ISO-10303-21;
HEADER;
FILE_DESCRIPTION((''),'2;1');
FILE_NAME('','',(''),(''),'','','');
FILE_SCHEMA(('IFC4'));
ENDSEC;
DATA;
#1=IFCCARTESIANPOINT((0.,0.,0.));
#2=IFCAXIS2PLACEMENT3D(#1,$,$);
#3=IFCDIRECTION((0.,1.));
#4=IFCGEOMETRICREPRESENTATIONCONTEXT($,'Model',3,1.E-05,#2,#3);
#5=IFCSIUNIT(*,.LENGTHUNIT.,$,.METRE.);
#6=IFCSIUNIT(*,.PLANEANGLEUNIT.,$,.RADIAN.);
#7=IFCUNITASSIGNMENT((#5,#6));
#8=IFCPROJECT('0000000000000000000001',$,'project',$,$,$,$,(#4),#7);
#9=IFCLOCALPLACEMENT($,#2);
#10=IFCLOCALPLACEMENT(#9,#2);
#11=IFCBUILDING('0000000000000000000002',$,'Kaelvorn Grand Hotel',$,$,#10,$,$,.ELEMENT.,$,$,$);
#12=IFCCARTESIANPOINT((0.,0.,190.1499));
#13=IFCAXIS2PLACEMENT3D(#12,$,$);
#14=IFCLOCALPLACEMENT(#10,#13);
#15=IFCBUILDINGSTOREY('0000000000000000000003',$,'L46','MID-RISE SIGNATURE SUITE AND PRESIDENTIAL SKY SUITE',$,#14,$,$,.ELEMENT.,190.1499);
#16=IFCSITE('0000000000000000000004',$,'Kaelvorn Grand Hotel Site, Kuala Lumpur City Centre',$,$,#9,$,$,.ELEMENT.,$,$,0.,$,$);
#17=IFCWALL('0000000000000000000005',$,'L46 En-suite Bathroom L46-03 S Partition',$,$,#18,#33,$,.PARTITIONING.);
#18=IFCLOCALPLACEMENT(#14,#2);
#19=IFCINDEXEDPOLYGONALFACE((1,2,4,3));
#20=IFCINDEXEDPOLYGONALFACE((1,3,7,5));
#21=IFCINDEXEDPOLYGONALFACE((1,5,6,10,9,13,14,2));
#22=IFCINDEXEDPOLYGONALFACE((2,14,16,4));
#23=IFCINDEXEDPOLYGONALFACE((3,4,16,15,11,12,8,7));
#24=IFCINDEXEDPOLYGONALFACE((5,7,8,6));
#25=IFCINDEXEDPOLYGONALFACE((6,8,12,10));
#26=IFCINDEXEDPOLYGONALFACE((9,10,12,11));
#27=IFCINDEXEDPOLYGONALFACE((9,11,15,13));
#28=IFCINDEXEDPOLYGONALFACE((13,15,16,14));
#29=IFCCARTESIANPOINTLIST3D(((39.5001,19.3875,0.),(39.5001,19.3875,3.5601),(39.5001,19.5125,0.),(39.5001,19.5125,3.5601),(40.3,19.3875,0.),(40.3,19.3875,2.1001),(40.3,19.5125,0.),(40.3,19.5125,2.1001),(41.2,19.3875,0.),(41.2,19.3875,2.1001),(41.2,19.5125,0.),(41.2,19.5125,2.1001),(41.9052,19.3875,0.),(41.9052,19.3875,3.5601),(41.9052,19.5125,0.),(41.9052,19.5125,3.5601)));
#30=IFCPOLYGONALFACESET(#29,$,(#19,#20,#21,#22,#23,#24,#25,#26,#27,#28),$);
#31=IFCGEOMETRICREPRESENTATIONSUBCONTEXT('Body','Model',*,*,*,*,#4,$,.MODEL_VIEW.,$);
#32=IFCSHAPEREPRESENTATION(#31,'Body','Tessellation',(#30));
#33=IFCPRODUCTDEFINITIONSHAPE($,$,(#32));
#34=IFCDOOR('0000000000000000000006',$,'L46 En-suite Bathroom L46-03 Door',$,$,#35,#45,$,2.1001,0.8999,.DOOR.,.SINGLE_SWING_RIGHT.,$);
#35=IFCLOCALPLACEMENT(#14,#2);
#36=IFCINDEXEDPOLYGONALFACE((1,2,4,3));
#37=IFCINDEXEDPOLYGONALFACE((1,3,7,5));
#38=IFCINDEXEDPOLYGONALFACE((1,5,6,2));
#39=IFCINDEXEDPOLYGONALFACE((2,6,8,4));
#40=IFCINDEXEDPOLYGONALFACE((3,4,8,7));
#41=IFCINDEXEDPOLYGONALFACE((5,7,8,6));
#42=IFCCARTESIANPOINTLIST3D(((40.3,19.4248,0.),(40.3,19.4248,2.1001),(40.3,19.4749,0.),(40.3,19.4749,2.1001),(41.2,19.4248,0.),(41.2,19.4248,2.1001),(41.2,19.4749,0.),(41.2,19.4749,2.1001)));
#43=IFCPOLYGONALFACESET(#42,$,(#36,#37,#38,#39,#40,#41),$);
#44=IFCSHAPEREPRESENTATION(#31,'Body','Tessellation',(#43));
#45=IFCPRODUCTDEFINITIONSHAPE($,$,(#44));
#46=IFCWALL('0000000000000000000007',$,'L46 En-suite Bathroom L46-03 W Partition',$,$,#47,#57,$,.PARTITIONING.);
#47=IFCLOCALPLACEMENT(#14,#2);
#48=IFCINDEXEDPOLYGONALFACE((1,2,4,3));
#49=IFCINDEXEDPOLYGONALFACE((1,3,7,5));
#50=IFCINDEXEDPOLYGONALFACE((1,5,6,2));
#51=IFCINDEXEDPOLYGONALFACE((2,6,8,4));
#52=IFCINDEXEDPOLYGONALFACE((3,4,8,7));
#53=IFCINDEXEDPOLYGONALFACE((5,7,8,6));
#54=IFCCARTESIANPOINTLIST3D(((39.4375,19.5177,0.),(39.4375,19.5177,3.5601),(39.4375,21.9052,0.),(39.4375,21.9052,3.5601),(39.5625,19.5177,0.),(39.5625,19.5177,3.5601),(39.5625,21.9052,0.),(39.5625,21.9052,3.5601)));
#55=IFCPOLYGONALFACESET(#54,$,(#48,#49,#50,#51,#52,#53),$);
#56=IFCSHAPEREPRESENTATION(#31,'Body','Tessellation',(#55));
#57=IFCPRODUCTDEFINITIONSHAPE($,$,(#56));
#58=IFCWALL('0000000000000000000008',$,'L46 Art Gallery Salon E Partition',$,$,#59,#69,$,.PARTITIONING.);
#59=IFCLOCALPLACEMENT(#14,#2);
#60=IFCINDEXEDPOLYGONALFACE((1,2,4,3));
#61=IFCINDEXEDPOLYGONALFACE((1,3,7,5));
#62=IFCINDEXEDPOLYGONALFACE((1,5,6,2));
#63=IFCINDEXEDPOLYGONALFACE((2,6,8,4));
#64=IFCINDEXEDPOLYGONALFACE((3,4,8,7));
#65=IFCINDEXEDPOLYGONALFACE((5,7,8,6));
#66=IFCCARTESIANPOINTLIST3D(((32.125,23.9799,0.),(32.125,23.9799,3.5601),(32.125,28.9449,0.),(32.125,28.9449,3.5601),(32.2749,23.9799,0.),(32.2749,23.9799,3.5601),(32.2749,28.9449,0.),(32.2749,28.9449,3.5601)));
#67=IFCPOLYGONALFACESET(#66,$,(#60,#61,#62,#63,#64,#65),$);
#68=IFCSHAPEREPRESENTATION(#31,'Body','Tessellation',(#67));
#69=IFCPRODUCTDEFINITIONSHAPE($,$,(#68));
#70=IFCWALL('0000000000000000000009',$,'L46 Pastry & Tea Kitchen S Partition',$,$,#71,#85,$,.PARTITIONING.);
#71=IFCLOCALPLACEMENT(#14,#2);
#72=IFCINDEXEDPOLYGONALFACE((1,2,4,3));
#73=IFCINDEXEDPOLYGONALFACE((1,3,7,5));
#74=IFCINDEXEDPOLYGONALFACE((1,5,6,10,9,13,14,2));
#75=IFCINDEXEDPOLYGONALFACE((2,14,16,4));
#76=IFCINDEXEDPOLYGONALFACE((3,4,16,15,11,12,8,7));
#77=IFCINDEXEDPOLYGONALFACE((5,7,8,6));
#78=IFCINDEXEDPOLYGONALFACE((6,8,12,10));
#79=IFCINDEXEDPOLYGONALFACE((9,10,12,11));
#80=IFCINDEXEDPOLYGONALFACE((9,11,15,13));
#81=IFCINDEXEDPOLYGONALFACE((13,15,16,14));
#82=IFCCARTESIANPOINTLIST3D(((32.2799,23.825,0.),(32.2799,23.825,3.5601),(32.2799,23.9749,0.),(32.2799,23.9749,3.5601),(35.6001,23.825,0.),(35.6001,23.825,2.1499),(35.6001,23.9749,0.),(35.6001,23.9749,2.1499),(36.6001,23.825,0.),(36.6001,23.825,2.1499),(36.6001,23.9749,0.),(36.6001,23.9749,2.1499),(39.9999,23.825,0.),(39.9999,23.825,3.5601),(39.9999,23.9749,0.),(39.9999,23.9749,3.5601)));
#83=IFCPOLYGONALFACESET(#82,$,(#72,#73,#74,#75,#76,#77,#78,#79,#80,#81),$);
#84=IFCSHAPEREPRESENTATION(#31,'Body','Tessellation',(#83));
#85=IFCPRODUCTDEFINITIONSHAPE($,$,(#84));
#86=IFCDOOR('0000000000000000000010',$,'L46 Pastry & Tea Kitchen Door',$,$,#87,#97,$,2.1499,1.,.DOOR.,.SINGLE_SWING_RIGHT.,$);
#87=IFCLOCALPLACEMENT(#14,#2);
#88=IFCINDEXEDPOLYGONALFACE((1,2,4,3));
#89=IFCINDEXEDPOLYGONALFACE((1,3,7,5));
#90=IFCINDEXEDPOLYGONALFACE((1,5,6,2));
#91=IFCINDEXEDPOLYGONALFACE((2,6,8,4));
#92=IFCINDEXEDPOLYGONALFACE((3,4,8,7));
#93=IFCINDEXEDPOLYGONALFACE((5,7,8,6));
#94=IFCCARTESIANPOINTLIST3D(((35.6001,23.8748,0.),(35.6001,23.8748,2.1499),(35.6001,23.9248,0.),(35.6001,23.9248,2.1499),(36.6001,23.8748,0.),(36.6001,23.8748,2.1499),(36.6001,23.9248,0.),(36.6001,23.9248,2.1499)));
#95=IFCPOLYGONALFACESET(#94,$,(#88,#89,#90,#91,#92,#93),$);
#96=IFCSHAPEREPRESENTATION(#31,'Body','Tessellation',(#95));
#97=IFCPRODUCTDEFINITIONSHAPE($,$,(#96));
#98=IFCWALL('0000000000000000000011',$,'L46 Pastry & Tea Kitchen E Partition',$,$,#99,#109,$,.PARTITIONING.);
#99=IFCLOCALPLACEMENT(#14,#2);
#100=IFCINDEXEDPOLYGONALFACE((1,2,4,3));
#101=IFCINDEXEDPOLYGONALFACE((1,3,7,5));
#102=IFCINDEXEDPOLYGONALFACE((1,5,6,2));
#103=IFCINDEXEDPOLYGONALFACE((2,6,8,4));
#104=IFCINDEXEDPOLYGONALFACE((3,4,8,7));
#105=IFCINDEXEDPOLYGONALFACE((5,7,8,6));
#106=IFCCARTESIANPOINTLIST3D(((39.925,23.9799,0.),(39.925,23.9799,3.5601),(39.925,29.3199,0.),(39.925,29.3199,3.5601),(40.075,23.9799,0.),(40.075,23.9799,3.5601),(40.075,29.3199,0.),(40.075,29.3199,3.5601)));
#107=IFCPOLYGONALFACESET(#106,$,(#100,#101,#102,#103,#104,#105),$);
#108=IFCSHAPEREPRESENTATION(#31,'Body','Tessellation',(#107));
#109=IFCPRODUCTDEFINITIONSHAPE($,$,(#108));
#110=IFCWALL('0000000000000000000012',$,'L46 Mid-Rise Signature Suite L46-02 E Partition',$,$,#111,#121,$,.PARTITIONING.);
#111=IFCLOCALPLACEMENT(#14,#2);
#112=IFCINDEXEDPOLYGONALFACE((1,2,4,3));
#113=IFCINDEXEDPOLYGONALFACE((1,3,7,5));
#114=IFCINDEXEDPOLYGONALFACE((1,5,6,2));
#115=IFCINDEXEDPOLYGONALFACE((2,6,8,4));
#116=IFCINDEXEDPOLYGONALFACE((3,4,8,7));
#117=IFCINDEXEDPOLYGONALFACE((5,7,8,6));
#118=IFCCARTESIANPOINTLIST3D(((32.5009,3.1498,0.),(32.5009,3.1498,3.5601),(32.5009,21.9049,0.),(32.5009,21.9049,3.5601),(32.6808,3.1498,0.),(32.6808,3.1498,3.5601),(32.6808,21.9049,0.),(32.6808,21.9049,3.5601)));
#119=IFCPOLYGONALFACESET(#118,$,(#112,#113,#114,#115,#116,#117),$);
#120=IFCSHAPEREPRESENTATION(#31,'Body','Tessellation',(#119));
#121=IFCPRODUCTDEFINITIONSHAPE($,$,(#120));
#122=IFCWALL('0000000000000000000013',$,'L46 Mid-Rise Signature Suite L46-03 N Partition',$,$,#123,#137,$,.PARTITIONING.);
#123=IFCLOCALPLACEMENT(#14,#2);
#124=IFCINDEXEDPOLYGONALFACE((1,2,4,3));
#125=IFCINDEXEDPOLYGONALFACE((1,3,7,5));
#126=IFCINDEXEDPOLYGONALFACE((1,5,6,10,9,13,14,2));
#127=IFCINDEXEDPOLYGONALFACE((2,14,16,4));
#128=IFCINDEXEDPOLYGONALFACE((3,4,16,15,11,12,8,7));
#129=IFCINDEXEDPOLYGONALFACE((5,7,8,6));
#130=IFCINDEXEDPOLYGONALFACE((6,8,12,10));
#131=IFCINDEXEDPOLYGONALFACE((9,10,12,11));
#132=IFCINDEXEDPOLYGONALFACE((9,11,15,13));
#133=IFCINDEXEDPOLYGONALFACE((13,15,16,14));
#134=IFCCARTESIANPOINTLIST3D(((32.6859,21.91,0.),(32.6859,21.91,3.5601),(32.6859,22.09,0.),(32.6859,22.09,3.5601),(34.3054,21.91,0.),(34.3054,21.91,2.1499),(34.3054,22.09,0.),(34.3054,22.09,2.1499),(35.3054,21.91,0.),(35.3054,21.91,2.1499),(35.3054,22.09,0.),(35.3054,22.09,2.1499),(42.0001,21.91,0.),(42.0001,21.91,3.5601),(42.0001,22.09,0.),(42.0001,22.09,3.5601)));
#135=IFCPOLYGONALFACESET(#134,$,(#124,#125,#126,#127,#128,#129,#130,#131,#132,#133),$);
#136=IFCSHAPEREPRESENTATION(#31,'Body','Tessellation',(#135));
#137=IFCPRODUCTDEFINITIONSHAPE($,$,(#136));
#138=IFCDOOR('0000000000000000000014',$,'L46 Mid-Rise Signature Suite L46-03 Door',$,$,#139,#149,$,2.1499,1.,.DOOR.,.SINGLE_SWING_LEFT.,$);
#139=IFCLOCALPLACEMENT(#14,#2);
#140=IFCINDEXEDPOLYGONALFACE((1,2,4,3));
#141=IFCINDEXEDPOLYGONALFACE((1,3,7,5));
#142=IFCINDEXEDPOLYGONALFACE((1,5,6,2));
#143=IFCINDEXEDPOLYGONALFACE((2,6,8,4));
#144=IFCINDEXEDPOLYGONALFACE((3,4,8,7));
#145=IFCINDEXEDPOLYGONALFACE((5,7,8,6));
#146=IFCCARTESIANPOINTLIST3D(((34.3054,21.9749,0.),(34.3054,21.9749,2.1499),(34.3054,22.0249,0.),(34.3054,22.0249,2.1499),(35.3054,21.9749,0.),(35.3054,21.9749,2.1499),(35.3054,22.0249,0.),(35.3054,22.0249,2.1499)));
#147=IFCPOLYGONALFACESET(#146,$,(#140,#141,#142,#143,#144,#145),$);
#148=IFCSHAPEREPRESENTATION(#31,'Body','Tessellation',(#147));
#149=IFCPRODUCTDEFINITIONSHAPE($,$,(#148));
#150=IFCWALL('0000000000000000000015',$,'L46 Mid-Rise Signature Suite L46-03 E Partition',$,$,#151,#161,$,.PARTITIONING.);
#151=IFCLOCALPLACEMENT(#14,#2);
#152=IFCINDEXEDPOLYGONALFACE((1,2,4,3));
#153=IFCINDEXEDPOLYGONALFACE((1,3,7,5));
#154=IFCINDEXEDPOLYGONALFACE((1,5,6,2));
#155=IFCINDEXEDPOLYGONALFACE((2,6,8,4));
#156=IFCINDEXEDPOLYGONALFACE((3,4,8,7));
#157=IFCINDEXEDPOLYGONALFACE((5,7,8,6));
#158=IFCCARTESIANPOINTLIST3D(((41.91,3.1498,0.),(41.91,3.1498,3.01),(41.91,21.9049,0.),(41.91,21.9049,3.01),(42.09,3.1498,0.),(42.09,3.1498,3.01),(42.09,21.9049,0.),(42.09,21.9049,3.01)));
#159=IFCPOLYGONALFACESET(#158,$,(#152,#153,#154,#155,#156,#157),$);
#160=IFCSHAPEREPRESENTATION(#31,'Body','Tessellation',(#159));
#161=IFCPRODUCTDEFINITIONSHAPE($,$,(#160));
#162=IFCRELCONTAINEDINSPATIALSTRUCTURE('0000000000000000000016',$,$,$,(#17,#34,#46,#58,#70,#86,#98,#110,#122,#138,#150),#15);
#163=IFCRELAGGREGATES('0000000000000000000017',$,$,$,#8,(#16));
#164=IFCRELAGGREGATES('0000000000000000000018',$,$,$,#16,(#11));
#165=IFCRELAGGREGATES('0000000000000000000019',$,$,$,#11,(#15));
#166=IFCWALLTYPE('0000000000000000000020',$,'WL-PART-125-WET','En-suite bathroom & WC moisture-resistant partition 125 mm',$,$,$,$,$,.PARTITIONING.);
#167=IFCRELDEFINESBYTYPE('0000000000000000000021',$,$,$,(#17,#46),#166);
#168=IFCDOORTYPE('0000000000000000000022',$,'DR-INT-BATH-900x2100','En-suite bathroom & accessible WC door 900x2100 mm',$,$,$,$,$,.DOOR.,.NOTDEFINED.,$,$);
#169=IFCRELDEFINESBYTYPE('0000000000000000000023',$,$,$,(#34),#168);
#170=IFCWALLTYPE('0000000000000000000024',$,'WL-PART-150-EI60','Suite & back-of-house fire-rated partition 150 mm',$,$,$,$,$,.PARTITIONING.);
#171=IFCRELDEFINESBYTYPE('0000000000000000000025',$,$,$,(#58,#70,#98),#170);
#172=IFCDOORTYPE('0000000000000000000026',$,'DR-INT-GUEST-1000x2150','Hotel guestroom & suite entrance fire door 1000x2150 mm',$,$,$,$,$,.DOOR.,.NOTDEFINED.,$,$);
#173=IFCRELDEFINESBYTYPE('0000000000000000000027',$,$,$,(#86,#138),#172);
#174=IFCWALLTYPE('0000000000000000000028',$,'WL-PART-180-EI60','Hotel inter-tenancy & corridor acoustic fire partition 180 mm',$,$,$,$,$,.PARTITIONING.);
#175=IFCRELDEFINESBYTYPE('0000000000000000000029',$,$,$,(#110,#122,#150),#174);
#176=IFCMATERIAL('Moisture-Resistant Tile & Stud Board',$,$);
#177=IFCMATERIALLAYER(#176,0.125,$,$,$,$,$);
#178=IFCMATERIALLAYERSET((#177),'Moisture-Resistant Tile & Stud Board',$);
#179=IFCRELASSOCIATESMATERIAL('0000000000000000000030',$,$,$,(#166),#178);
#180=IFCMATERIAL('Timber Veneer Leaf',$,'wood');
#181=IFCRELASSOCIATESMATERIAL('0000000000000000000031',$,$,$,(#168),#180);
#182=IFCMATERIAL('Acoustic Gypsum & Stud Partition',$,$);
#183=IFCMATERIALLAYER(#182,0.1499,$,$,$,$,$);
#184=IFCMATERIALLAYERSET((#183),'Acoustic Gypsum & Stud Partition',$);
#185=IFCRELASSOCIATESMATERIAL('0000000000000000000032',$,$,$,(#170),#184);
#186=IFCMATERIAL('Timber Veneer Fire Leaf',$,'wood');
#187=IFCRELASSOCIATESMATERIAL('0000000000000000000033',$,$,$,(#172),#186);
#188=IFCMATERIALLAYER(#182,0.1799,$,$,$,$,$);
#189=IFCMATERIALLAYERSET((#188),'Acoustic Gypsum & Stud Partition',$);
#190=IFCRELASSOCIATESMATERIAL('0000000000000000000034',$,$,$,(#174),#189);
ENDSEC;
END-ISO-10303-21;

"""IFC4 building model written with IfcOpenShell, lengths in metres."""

from ifc_helpers import new_model, si_unit, direction, frame, frame_2d, origin, place, context, subcontext, project, spatial, rectangle, extrude, material, layer, layer_set, type_object, element, fill, save


model = new_model("IFC4")

# Units and contexts
model_context = context("Model", 3, precision=1e-05, world=origin(), true_north=direction((0.0, 1.0)))
body_context = subcontext(model_context, "Body", "Model", "MODEL_VIEW")
ifc_project = project(units=[si_unit("LENGTHUNIT", "METRE"), si_unit("PLANEANGLEUNIT", "RADIAN")], contexts=[model_context])

# Site, building, storey
site_placement = place(None, origin())
site = spatial("IfcSite", under=ifc_project, at=site_placement, Name="Kaelvorn Grand Hotel Site, Kuala Lumpur City Centre", CompositionType="ELEMENT", RefElevation=0.0)
building_placement = place(site_placement, origin())
building = spatial("IfcBuilding", under=site, at=building_placement, Name="Kaelvorn Grand Hotel", CompositionType="ELEMENT")
storey_placement = place(building_placement, frame((0.0, 0.0, 190.1499)))
storey = spatial("IfcBuildingStorey", under=building, at=storey_placement, Name="L46", Description="MID-RISE SIGNATURE SUITE AND PRESIDENTIAL SKY SUITE", CompositionType="ELEMENT", Elevation=190.1499)

# Wall, opening, door
ifc_material_1 = material(Name="Moisture-Resistant Tile & Stud Board")
ifc_layer_1 = layer(ifc_material_1, 0.125)
ifc_layer_set_1 = layer_set([ifc_layer_1], Name="Moisture-Resistant Tile & Stud Board")
wall_type_1 = type_object("IfcWallType", Name="WL-PART-125-WET", Description="En-suite bathroom & WC moisture-resistant partition 125 mm", PredefinedType="PARTITIONING", material=ifc_layer_set_1)
wall_1_placement = place(storey_placement, frame((39.5, 19.45, 0.0), z_axis=(0.0, 0.0, 1.0), x_axis=(1.0, 0.0, 0.0)))
wall_1 = element("IfcWall", 1, at=wall_1_placement, inside=storey, type_object=wall_type_1, Name="L46 En-suite Bathroom L46-03 S Partition", PredefinedType="PARTITIONING", context=body_context, shape_type="SweptSolid", body=[
    extrude(rectangle(XDim=2.405, YDim=0.125, at=frame_2d((1.2026, 0.0))), origin(), (0.0, 0.0, 1.0), 3.5601),
])
opening_1_placement = place(wall_1_placement, frame((0.8, 0.0, 0.0)))
opening_1 = element("IfcOpeningElement", 2, at=opening_1_placement, cuts=wall_1, PredefinedType="OPENING", context=body_context, shape_type="SweptSolid", body=[
    extrude(rectangle(XDim=0.8999, YDim=2.1001, at=frame_2d((0.45, 1.05))), frame((0.0, 0.0725, 0.0), z_axis=(0.0, -1.0, 0.0), x_axis=(1.0, 0.0, 0.0)), (0.0, 0.0, 1.0), 0.145),
])
ifc_material_2 = material(Name="Timber Veneer Leaf", Category="wood")
door_type_1 = type_object("IfcDoorType", Name="DR-INT-BATH-900x2100", Description="En-suite bathroom & accessible WC door 900x2100 mm", OperationType="NOTDEFINED", PredefinedType="DOOR", material=ifc_material_2)
door_1_placement = place(opening_1_placement, origin())
door_1 = element("IfcDoor", 3, at=door_1_placement, inside=storey, type_object=door_type_1, Name="L46 En-suite Bathroom L46-03 Door", OperationType="SINGLE_SWING_RIGHT", OverallHeight=2.1001, OverallWidth=0.8999, PredefinedType="DOOR", context=body_context, shape_type="SweptSolid", body=[
    extrude(rectangle(XDim=0.8999, YDim=2.1001, at=frame_2d((0.45, 1.05))), frame((0.0, 0.0249, 0.0), z_axis=(0.0, -1.0, 0.0), x_axis=(1.0, 0.0, 0.0)), (0.0, 0.0, 1.0), 0.05),
])
fill(opening_1, door_1)

# Walls
wall_2_placement = place(storey_placement, frame((39.5, 19.5176, 0.0), z_axis=(0.0, 0.0, 1.0), x_axis=(0.0, 1.0, 0.0)))
element("IfcWall", 4, at=wall_2_placement, inside=storey, type_object=wall_type_1, Name="L46 En-suite Bathroom L46-03 W Partition", PredefinedType="PARTITIONING", context=body_context, shape_type="SweptSolid", body=[
    extrude(rectangle(XDim=2.3875, YDim=0.125, at=frame_2d((1.1938, 0.0))), origin(), (0.0, 0.0, 1.0), 3.5601),
])
ifc_material_3 = material(Name="Acoustic Gypsum & Stud Partition")
ifc_layer_2 = layer(ifc_material_3, 0.1499)
ifc_layer_set_2 = layer_set([ifc_layer_2], Name="Acoustic Gypsum & Stud Partition")
wall_type_2 = type_object("IfcWallType", Name="WL-PART-150-EI60", Description="Suite & back-of-house fire-rated partition 150 mm", PredefinedType="PARTITIONING", material=ifc_layer_set_2)
wall_3_placement = place(storey_placement, frame((32.2, 23.98, 0.0), z_axis=(0.0, 0.0, 1.0), x_axis=(0.0, 1.0, 0.0)))
element("IfcWall", 5, at=wall_3_placement, inside=storey, type_object=wall_type_2, Name="L46 Art Gallery Salon E Partition", PredefinedType="PARTITIONING", context=body_context, shape_type="SweptSolid", body=[
    extrude(rectangle(XDim=4.9651, YDim=0.1499, at=frame_2d((2.4824, 0.0))), origin(), (0.0, 0.0, 1.0), 3.5601),
])

# Wall, opening, door
wall_4_placement = place(storey_placement, frame((32.28, 23.8999, 0.0), z_axis=(0.0, 0.0, 1.0), x_axis=(1.0, 0.0, 0.0)))
wall_4 = element("IfcWall", 6, at=wall_4_placement, inside=storey, type_object=wall_type_2, Name="L46 Pastry & Tea Kitchen S Partition", PredefinedType="PARTITIONING", context=body_context, shape_type="SweptSolid", body=[
    extrude(rectangle(XDim=7.72, YDim=0.1499, at=frame_2d((3.8599, 0.0))), origin(), (0.0, 0.0, 1.0), 3.5601),
])
opening_2_placement = place(wall_4_placement, frame((3.3201, 0.0, 0.0)))
opening_2 = element("IfcOpeningElement", 7, at=opening_2_placement, cuts=wall_4, PredefinedType="OPENING", context=body_context, shape_type="SweptSolid", body=[
    extrude(rectangle(XDim=1.0, YDim=2.1499, at=frame_2d((0.5, 1.075))), frame((0.0, 0.085, 0.0), z_axis=(0.0, -1.0, 0.0), x_axis=(1.0, 0.0, 0.0)), (0.0, 0.0, 1.0), 0.1699),
])
ifc_material_4 = material(Name="Timber Veneer Fire Leaf", Category="wood")
door_type_2 = type_object("IfcDoorType", Name="DR-INT-GUEST-1000x2150", Description="Hotel guestroom & suite entrance fire door 1000x2150 mm", OperationType="NOTDEFINED", PredefinedType="DOOR", material=ifc_material_4)
door_2_placement = place(opening_2_placement, origin())
door_2 = element("IfcDoor", 8, at=door_2_placement, inside=storey, type_object=door_type_2, Name="L46 Pastry & Tea Kitchen Door", OperationType="SINGLE_SWING_RIGHT", OverallHeight=2.1499, OverallWidth=1.0, PredefinedType="DOOR", context=body_context, shape_type="SweptSolid", body=[
    extrude(rectangle(XDim=1.0, YDim=2.1499, at=frame_2d((0.5, 1.075))), frame((0.0, 0.0249, 0.0), z_axis=(0.0, -1.0, 0.0), x_axis=(1.0, 0.0, 0.0)), (0.0, 0.0, 1.0), 0.05),
])
fill(opening_2, door_2)

# Walls
wall_5_placement = place(storey_placement, frame((40.0, 23.98, 0.0), z_axis=(0.0, 0.0, 1.0), x_axis=(0.0, 1.0, 0.0)))
element("IfcWall", 9, at=wall_5_placement, inside=storey, type_object=wall_type_2, Name="L46 Pastry & Tea Kitchen E Partition", PredefinedType="PARTITIONING", context=body_context, shape_type="SweptSolid", body=[
    extrude(rectangle(XDim=5.3401, YDim=0.1499, at=frame_2d((2.6699, 0.0))), origin(), (0.0, 0.0, 1.0), 3.5601),
])
ifc_layer_3 = layer(ifc_material_3, 0.1799)
ifc_layer_set_3 = layer_set([ifc_layer_3], Name="Acoustic Gypsum & Stud Partition")
wall_type_3 = type_object("IfcWallType", Name="WL-PART-180-EI60", Description="Hotel inter-tenancy & corridor acoustic fire partition 180 mm", PredefinedType="PARTITIONING", material=ifc_layer_set_3)
wall_6_placement = place(storey_placement, frame((32.5908, 3.1499, 0.0), z_axis=(0.0, 0.0, 1.0), x_axis=(0.0, 1.0, 0.0)))
element("IfcWall", 10, at=wall_6_placement, inside=storey, type_object=wall_type_3, Name="L46 Mid-Rise Signature Suite L46-02 E Partition", PredefinedType="PARTITIONING", context=body_context, shape_type="SweptSolid", body=[
    extrude(rectangle(XDim=18.7551, YDim=0.1799, at=frame_2d((9.3774, 0.0))), origin(), (0.0, 0.0, 1.0), 3.5601),
])

# Wall, opening, door
wall_7_placement = place(storey_placement, frame((32.6858, 22.0, 0.0), z_axis=(0.0, 0.0, 1.0), x_axis=(1.0, 0.0, 0.0)))
wall_7 = element("IfcWall", 11, at=wall_7_placement, inside=storey, type_object=wall_type_3, Name="L46 Mid-Rise Signature Suite L46-03 N Partition", PredefinedType="PARTITIONING", context=body_context, shape_type="SweptSolid", body=[
    extrude(rectangle(XDim=9.3142, YDim=0.1799, at=frame_2d((4.6572, 0.0))), origin(), (0.0, 0.0, 1.0), 3.5601),
])
opening_3_placement = place(wall_7_placement, frame((1.6196, 0.0, 0.0)))
opening_3 = element("IfcOpeningElement", 12, at=opening_3_placement, cuts=wall_7, PredefinedType="OPENING", context=body_context, shape_type="SweptSolid", body=[
    extrude(rectangle(XDim=1.0, YDim=2.1499, at=frame_2d((0.5, 1.075))), frame((0.0, 0.1001, 0.0), z_axis=(0.0, -1.0, 0.0), x_axis=(1.0, 0.0, 0.0)), (0.0, 0.0, 1.0), 0.2),
])
door_3_placement = place(opening_3_placement, origin())
door_3 = element("IfcDoor", 13, at=door_3_placement, inside=storey, type_object=door_type_2, Name="L46 Mid-Rise Signature Suite L46-03 Door", OperationType="SINGLE_SWING_LEFT", OverallHeight=2.1499, OverallWidth=1.0, PredefinedType="DOOR", context=body_context, shape_type="SweptSolid", body=[
    extrude(rectangle(XDim=1.0, YDim=2.1499, at=frame_2d((0.5, 1.075))), frame((0.0, 0.0249, 0.0), z_axis=(0.0, -1.0, 0.0), x_axis=(1.0, 0.0, 0.0)), (0.0, 0.0, 1.0), 0.05),
])
fill(opening_3, door_3)

# Wall
wall_8_placement = place(storey_placement, frame((42.0, 3.1499, 0.0), z_axis=(0.0, 0.0, 1.0), x_axis=(0.0, 1.0, 0.0)))
element("IfcWall", 14, at=wall_8_placement, inside=storey, type_object=wall_type_3, Name="L46 Mid-Rise Signature Suite L46-03 E Partition", PredefinedType="PARTITIONING", context=body_context, shape_type="SweptSolid", body=[
    extrude(rectangle(XDim=18.7551, YDim=0.1799, at=frame_2d((9.3774, 0.0))), origin(), (0.0, 0.0, 1.0), 3.01),
])

save(model, "model.ifc")
